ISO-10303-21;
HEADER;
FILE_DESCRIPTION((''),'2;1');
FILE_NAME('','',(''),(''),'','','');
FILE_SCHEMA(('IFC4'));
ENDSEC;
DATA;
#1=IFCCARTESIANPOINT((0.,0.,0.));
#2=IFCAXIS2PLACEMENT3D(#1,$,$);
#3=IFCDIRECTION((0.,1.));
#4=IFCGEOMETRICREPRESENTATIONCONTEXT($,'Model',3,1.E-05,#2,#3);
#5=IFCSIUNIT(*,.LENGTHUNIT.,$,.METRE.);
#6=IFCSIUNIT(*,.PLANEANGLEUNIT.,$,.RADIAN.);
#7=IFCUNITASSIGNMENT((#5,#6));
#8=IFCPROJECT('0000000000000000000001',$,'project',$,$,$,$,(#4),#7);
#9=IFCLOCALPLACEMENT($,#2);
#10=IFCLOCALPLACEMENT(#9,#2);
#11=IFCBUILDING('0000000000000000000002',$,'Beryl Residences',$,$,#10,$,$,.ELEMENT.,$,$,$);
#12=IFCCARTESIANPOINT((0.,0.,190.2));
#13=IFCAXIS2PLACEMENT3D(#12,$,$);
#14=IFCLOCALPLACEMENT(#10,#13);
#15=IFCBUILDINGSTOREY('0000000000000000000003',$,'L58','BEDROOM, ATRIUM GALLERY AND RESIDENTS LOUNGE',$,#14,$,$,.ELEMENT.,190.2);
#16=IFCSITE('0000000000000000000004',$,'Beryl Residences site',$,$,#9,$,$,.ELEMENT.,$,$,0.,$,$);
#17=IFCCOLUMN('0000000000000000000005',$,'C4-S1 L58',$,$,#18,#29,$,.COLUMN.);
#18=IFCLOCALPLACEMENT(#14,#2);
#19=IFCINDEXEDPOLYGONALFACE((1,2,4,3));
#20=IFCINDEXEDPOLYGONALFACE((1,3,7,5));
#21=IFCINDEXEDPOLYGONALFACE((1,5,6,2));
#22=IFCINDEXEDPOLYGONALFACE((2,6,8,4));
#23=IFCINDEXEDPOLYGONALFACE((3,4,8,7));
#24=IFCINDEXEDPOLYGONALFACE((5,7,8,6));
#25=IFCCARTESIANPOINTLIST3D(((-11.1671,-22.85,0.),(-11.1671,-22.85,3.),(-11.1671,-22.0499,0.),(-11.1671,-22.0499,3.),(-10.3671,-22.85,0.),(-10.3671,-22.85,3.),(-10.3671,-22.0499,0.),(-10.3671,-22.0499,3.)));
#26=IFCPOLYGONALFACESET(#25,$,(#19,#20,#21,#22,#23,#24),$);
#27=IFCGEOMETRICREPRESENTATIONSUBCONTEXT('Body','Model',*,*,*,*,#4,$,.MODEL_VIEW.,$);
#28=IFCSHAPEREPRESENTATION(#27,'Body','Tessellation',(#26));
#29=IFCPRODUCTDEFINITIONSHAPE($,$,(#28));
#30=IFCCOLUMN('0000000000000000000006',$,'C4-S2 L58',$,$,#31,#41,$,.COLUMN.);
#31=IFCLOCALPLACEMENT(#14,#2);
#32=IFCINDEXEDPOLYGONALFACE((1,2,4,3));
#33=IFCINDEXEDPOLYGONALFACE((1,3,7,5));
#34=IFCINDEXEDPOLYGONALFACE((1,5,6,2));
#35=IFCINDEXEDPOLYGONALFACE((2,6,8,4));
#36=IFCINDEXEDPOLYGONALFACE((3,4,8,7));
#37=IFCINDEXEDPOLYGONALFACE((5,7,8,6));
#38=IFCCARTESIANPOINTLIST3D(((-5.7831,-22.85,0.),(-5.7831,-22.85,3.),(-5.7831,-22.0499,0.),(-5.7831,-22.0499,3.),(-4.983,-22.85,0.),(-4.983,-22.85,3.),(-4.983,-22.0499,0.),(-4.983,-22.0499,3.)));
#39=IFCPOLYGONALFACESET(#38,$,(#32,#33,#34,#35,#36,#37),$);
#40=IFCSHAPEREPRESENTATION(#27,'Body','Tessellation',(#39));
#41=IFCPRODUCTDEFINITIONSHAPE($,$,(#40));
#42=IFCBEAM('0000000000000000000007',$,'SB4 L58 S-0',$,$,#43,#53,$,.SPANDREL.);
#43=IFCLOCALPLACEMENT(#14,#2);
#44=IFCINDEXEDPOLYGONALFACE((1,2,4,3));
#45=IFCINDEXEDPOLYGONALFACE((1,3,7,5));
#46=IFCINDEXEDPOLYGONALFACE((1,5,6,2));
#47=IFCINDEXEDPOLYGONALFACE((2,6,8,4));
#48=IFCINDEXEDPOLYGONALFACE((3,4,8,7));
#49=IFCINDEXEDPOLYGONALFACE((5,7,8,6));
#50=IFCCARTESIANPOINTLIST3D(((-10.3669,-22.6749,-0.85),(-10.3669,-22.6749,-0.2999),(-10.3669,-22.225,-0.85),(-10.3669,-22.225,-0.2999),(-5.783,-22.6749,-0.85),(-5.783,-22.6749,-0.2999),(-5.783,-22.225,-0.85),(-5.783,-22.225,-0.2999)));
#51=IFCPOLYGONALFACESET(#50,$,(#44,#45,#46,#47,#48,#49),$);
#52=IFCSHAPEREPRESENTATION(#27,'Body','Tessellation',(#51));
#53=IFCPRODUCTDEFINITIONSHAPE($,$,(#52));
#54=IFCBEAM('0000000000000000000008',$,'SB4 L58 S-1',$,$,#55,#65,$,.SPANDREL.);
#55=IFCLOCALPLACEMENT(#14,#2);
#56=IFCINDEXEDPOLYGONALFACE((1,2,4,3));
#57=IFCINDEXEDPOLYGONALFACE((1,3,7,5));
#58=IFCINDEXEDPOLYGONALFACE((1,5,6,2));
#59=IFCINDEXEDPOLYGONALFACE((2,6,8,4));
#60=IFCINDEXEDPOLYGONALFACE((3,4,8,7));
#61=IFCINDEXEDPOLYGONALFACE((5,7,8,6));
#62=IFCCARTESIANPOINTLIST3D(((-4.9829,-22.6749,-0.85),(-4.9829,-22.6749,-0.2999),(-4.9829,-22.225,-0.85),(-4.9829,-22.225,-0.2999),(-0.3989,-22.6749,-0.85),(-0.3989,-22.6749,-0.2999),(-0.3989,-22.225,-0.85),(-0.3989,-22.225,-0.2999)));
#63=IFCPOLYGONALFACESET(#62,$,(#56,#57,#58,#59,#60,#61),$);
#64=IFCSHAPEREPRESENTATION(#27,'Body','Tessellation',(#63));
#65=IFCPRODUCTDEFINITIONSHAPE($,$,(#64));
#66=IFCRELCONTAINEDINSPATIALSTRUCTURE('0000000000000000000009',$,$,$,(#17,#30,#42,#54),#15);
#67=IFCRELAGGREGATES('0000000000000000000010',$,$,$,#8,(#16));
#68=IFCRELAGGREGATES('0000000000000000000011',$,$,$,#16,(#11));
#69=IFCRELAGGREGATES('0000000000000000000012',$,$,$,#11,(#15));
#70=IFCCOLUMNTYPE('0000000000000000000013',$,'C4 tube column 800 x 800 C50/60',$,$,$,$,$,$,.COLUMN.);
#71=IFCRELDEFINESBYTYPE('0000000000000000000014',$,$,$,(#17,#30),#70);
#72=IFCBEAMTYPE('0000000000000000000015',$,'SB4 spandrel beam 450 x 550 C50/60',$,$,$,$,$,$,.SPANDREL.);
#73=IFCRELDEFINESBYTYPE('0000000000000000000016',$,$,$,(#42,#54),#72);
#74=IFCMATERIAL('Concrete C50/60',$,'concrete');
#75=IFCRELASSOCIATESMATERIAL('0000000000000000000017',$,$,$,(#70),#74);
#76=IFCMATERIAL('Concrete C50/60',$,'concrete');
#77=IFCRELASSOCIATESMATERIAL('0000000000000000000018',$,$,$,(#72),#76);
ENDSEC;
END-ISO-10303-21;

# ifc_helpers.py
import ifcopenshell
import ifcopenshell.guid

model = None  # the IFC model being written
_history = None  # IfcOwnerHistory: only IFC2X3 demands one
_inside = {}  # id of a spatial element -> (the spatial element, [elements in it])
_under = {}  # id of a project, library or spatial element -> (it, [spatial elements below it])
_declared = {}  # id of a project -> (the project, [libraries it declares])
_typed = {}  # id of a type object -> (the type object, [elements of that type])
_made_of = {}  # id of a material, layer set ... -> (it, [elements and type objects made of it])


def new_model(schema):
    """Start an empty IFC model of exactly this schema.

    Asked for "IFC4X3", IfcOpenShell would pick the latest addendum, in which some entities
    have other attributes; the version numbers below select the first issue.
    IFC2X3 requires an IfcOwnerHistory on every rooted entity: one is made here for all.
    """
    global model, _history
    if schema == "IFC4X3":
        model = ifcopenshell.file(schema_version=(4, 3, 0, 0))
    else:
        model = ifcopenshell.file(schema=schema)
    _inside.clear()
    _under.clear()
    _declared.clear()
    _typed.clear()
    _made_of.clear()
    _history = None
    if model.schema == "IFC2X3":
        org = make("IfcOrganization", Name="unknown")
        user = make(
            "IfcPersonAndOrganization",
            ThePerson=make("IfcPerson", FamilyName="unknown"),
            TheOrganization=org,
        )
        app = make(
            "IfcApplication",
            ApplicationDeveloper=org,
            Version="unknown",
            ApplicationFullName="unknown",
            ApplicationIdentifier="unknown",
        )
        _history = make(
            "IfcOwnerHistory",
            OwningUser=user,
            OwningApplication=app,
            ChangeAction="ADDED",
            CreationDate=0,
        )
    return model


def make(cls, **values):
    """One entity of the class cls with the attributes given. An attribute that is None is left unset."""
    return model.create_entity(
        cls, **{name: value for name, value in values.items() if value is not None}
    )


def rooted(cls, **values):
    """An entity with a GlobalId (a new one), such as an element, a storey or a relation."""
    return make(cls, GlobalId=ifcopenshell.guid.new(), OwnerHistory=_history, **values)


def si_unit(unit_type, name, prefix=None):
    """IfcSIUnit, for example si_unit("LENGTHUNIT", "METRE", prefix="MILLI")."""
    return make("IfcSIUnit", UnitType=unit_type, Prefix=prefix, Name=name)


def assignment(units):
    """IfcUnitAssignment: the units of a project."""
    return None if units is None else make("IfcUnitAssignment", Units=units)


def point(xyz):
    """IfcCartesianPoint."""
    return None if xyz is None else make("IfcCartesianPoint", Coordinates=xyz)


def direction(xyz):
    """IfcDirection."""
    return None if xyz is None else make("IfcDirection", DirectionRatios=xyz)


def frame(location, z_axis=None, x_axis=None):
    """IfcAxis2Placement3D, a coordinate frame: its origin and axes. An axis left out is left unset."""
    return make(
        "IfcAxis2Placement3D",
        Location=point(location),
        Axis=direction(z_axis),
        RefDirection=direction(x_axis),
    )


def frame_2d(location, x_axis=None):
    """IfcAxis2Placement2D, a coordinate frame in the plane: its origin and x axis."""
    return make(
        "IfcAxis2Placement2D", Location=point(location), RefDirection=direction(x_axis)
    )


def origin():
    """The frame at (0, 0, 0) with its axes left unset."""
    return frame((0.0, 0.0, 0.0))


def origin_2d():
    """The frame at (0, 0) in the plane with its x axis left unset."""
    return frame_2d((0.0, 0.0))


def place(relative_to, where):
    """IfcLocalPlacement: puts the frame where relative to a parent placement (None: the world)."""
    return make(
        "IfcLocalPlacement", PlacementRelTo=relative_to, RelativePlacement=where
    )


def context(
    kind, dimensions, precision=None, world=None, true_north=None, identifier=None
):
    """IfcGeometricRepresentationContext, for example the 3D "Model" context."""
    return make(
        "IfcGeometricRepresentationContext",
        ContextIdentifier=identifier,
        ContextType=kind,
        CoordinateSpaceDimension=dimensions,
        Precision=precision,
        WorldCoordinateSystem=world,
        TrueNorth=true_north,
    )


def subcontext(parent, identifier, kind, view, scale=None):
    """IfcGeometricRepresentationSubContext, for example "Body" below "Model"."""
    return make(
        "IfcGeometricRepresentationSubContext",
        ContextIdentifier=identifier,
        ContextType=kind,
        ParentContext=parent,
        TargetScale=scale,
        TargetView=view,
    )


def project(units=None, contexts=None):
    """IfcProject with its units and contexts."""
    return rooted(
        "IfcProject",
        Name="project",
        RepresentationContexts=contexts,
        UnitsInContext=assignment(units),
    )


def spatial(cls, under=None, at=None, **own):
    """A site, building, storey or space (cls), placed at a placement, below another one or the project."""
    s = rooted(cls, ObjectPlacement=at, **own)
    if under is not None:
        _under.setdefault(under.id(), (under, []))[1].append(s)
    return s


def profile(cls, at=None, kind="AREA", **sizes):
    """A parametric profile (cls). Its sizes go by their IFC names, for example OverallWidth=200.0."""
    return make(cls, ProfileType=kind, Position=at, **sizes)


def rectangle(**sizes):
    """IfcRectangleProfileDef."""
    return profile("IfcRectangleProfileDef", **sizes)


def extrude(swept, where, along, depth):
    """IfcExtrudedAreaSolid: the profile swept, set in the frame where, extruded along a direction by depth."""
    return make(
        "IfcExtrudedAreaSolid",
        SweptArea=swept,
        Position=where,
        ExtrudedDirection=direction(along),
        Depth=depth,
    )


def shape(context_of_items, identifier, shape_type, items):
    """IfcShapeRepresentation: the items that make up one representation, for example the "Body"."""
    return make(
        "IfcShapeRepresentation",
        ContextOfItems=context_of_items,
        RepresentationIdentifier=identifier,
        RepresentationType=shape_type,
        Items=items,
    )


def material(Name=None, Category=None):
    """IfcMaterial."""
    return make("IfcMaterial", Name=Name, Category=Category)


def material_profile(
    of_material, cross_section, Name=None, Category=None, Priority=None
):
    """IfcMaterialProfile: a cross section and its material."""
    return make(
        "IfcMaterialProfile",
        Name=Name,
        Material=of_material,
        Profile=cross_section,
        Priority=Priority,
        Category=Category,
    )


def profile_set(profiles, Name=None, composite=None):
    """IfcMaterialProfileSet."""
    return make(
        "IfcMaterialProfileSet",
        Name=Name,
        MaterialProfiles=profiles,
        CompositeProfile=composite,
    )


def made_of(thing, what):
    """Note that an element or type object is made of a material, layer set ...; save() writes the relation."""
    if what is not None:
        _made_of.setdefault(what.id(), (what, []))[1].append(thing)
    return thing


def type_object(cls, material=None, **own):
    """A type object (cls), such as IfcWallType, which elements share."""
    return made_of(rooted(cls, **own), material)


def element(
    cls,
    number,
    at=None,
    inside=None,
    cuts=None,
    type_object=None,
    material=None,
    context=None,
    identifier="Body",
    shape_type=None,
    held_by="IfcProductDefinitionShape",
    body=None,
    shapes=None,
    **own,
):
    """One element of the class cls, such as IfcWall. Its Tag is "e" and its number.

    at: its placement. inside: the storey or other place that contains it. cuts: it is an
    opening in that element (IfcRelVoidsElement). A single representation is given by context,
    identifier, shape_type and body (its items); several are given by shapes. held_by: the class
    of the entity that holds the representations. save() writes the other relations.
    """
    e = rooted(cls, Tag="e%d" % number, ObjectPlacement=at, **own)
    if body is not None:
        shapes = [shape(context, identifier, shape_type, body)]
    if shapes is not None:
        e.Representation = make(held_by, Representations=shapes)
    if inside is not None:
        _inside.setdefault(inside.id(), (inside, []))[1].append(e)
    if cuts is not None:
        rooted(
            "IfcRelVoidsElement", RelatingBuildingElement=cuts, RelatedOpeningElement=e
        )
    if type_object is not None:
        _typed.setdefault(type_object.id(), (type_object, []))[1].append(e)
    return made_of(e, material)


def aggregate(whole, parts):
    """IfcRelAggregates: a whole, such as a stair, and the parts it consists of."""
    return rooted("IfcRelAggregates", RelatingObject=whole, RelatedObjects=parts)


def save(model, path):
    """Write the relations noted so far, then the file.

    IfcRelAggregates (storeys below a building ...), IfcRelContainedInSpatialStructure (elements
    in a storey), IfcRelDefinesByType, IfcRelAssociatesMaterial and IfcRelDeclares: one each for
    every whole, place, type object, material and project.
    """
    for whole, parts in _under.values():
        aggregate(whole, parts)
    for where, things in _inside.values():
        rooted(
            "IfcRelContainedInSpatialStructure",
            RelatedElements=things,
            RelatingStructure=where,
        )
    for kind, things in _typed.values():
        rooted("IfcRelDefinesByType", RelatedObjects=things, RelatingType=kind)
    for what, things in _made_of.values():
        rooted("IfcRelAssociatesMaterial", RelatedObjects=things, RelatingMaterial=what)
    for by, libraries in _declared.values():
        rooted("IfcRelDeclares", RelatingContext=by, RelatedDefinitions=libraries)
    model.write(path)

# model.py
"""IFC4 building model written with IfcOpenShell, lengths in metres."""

from ifc_helpers import new_model, si_unit, direction, frame, origin, origin_2d, place, context, subcontext, project, spatial, rectangle, extrude, material, material_profile, profile_set, type_object, element, save


model = new_model("IFC4")

# Units and contexts
model_context = context("Model", 3, precision=1e-05, world=origin(), true_north=direction((0.0, 1.0)))
body_context = subcontext(model_context, "Body", "Model", "MODEL_VIEW")
ifc_project = project(units=[si_unit("LENGTHUNIT", "METRE"), si_unit("PLANEANGLEUNIT", "RADIAN")], contexts=[model_context])

# Site, building, storey
site_placement = place(None, origin())
site = spatial("IfcSite", under=ifc_project, at=site_placement, Name="Beryl Residences site", CompositionType="ELEMENT", RefElevation=0.0)
building_placement = place(site_placement, origin())
building = spatial("IfcBuilding", under=site, at=building_placement, Name="Beryl Residences", CompositionType="ELEMENT")
storey_placement = place(building_placement, frame((0.0, 0.0, 190.2)))
storey = spatial("IfcBuildingStorey", under=building, at=storey_placement, Name="L58", Description="BEDROOM, ATRIUM GALLERY AND RESIDENTS LOUNGE", CompositionType="ELEMENT", Elevation=190.2)

# Columns
ifc_material_1 = material(Name="Concrete C50/60", Category="concrete")
ifc_material_profile_1 = material_profile(ifc_material_1, rectangle(XDim=0.8, YDim=0.8, at=origin_2d()))
ifc_profile_set_1 = profile_set([ifc_material_profile_1], Name="Concrete C50/60")
column_type = type_object("IfcColumnType", Name="C4 tube column 800 x 800 C50/60", PredefinedType="COLUMN", material=ifc_profile_set_1)
for number, where, z_axis, x_axis, name in (
    (1, (-10.7671, -22.45, 0.0), (0.0, 0.0, 1.0), (1.0, 0.0, 0.0), "C4-S1 L58"),
    (2, (-5.3831, -22.45, 0.0), (0.0, 0.0, 1.0), (1.0, 0.0, 0.0), "C4-S2 L58"),
):
    element("IfcColumn", number, at=place(storey_placement, frame(where, z_axis=z_axis, x_axis=x_axis)), inside=storey, type_object=column_type, Name=name, PredefinedType="COLUMN", context=body_context, shape_type="SweptSolid", body=[
        extrude(rectangle(XDim=0.8, YDim=0.8, at=origin_2d()), origin(), (0.0, 0.0, 1.0), 3.0),
    ])

# Beams
ifc_material_2 = material(Name="Concrete C50/60", Category="concrete")
ifc_material_profile_2 = material_profile(ifc_material_2, rectangle(XDim=0.45, YDim=0.55, at=origin_2d()))
ifc_profile_set_2 = profile_set([ifc_material_profile_2], Name="Concrete C50/60")
beam_type = type_object("IfcBeamType", Name="SB4 spandrel beam 450 x 550 C50/60", PredefinedType="SPANDREL", material=ifc_profile_set_2)
for number, where, z_axis, x_axis, name in (
    (3, (-10.3669, -22.45, -0.575), (1.0, 0.0, 0.0), (0.0, 1.0, 0.0), "SB4 L58 S-0"),
    (4, (-4.9829, -22.45, -0.575), (1.0, 0.0, 0.0), (0.0, 1.0, 0.0), "SB4 L58 S-1"),
):
    element("IfcBeam", number, at=place(storey_placement, frame(where, z_axis=z_axis, x_axis=x_axis)), inside=storey, type_object=beam_type, Name=name, PredefinedType="SPANDREL", context=body_context, shape_type="SweptSolid", body=[
        extrude(rectangle(XDim=0.45, YDim=0.55, at=origin_2d()), origin(), (0.0, 0.0, 1.0), 4.584),
    ])

save(model, "model.ifc")
